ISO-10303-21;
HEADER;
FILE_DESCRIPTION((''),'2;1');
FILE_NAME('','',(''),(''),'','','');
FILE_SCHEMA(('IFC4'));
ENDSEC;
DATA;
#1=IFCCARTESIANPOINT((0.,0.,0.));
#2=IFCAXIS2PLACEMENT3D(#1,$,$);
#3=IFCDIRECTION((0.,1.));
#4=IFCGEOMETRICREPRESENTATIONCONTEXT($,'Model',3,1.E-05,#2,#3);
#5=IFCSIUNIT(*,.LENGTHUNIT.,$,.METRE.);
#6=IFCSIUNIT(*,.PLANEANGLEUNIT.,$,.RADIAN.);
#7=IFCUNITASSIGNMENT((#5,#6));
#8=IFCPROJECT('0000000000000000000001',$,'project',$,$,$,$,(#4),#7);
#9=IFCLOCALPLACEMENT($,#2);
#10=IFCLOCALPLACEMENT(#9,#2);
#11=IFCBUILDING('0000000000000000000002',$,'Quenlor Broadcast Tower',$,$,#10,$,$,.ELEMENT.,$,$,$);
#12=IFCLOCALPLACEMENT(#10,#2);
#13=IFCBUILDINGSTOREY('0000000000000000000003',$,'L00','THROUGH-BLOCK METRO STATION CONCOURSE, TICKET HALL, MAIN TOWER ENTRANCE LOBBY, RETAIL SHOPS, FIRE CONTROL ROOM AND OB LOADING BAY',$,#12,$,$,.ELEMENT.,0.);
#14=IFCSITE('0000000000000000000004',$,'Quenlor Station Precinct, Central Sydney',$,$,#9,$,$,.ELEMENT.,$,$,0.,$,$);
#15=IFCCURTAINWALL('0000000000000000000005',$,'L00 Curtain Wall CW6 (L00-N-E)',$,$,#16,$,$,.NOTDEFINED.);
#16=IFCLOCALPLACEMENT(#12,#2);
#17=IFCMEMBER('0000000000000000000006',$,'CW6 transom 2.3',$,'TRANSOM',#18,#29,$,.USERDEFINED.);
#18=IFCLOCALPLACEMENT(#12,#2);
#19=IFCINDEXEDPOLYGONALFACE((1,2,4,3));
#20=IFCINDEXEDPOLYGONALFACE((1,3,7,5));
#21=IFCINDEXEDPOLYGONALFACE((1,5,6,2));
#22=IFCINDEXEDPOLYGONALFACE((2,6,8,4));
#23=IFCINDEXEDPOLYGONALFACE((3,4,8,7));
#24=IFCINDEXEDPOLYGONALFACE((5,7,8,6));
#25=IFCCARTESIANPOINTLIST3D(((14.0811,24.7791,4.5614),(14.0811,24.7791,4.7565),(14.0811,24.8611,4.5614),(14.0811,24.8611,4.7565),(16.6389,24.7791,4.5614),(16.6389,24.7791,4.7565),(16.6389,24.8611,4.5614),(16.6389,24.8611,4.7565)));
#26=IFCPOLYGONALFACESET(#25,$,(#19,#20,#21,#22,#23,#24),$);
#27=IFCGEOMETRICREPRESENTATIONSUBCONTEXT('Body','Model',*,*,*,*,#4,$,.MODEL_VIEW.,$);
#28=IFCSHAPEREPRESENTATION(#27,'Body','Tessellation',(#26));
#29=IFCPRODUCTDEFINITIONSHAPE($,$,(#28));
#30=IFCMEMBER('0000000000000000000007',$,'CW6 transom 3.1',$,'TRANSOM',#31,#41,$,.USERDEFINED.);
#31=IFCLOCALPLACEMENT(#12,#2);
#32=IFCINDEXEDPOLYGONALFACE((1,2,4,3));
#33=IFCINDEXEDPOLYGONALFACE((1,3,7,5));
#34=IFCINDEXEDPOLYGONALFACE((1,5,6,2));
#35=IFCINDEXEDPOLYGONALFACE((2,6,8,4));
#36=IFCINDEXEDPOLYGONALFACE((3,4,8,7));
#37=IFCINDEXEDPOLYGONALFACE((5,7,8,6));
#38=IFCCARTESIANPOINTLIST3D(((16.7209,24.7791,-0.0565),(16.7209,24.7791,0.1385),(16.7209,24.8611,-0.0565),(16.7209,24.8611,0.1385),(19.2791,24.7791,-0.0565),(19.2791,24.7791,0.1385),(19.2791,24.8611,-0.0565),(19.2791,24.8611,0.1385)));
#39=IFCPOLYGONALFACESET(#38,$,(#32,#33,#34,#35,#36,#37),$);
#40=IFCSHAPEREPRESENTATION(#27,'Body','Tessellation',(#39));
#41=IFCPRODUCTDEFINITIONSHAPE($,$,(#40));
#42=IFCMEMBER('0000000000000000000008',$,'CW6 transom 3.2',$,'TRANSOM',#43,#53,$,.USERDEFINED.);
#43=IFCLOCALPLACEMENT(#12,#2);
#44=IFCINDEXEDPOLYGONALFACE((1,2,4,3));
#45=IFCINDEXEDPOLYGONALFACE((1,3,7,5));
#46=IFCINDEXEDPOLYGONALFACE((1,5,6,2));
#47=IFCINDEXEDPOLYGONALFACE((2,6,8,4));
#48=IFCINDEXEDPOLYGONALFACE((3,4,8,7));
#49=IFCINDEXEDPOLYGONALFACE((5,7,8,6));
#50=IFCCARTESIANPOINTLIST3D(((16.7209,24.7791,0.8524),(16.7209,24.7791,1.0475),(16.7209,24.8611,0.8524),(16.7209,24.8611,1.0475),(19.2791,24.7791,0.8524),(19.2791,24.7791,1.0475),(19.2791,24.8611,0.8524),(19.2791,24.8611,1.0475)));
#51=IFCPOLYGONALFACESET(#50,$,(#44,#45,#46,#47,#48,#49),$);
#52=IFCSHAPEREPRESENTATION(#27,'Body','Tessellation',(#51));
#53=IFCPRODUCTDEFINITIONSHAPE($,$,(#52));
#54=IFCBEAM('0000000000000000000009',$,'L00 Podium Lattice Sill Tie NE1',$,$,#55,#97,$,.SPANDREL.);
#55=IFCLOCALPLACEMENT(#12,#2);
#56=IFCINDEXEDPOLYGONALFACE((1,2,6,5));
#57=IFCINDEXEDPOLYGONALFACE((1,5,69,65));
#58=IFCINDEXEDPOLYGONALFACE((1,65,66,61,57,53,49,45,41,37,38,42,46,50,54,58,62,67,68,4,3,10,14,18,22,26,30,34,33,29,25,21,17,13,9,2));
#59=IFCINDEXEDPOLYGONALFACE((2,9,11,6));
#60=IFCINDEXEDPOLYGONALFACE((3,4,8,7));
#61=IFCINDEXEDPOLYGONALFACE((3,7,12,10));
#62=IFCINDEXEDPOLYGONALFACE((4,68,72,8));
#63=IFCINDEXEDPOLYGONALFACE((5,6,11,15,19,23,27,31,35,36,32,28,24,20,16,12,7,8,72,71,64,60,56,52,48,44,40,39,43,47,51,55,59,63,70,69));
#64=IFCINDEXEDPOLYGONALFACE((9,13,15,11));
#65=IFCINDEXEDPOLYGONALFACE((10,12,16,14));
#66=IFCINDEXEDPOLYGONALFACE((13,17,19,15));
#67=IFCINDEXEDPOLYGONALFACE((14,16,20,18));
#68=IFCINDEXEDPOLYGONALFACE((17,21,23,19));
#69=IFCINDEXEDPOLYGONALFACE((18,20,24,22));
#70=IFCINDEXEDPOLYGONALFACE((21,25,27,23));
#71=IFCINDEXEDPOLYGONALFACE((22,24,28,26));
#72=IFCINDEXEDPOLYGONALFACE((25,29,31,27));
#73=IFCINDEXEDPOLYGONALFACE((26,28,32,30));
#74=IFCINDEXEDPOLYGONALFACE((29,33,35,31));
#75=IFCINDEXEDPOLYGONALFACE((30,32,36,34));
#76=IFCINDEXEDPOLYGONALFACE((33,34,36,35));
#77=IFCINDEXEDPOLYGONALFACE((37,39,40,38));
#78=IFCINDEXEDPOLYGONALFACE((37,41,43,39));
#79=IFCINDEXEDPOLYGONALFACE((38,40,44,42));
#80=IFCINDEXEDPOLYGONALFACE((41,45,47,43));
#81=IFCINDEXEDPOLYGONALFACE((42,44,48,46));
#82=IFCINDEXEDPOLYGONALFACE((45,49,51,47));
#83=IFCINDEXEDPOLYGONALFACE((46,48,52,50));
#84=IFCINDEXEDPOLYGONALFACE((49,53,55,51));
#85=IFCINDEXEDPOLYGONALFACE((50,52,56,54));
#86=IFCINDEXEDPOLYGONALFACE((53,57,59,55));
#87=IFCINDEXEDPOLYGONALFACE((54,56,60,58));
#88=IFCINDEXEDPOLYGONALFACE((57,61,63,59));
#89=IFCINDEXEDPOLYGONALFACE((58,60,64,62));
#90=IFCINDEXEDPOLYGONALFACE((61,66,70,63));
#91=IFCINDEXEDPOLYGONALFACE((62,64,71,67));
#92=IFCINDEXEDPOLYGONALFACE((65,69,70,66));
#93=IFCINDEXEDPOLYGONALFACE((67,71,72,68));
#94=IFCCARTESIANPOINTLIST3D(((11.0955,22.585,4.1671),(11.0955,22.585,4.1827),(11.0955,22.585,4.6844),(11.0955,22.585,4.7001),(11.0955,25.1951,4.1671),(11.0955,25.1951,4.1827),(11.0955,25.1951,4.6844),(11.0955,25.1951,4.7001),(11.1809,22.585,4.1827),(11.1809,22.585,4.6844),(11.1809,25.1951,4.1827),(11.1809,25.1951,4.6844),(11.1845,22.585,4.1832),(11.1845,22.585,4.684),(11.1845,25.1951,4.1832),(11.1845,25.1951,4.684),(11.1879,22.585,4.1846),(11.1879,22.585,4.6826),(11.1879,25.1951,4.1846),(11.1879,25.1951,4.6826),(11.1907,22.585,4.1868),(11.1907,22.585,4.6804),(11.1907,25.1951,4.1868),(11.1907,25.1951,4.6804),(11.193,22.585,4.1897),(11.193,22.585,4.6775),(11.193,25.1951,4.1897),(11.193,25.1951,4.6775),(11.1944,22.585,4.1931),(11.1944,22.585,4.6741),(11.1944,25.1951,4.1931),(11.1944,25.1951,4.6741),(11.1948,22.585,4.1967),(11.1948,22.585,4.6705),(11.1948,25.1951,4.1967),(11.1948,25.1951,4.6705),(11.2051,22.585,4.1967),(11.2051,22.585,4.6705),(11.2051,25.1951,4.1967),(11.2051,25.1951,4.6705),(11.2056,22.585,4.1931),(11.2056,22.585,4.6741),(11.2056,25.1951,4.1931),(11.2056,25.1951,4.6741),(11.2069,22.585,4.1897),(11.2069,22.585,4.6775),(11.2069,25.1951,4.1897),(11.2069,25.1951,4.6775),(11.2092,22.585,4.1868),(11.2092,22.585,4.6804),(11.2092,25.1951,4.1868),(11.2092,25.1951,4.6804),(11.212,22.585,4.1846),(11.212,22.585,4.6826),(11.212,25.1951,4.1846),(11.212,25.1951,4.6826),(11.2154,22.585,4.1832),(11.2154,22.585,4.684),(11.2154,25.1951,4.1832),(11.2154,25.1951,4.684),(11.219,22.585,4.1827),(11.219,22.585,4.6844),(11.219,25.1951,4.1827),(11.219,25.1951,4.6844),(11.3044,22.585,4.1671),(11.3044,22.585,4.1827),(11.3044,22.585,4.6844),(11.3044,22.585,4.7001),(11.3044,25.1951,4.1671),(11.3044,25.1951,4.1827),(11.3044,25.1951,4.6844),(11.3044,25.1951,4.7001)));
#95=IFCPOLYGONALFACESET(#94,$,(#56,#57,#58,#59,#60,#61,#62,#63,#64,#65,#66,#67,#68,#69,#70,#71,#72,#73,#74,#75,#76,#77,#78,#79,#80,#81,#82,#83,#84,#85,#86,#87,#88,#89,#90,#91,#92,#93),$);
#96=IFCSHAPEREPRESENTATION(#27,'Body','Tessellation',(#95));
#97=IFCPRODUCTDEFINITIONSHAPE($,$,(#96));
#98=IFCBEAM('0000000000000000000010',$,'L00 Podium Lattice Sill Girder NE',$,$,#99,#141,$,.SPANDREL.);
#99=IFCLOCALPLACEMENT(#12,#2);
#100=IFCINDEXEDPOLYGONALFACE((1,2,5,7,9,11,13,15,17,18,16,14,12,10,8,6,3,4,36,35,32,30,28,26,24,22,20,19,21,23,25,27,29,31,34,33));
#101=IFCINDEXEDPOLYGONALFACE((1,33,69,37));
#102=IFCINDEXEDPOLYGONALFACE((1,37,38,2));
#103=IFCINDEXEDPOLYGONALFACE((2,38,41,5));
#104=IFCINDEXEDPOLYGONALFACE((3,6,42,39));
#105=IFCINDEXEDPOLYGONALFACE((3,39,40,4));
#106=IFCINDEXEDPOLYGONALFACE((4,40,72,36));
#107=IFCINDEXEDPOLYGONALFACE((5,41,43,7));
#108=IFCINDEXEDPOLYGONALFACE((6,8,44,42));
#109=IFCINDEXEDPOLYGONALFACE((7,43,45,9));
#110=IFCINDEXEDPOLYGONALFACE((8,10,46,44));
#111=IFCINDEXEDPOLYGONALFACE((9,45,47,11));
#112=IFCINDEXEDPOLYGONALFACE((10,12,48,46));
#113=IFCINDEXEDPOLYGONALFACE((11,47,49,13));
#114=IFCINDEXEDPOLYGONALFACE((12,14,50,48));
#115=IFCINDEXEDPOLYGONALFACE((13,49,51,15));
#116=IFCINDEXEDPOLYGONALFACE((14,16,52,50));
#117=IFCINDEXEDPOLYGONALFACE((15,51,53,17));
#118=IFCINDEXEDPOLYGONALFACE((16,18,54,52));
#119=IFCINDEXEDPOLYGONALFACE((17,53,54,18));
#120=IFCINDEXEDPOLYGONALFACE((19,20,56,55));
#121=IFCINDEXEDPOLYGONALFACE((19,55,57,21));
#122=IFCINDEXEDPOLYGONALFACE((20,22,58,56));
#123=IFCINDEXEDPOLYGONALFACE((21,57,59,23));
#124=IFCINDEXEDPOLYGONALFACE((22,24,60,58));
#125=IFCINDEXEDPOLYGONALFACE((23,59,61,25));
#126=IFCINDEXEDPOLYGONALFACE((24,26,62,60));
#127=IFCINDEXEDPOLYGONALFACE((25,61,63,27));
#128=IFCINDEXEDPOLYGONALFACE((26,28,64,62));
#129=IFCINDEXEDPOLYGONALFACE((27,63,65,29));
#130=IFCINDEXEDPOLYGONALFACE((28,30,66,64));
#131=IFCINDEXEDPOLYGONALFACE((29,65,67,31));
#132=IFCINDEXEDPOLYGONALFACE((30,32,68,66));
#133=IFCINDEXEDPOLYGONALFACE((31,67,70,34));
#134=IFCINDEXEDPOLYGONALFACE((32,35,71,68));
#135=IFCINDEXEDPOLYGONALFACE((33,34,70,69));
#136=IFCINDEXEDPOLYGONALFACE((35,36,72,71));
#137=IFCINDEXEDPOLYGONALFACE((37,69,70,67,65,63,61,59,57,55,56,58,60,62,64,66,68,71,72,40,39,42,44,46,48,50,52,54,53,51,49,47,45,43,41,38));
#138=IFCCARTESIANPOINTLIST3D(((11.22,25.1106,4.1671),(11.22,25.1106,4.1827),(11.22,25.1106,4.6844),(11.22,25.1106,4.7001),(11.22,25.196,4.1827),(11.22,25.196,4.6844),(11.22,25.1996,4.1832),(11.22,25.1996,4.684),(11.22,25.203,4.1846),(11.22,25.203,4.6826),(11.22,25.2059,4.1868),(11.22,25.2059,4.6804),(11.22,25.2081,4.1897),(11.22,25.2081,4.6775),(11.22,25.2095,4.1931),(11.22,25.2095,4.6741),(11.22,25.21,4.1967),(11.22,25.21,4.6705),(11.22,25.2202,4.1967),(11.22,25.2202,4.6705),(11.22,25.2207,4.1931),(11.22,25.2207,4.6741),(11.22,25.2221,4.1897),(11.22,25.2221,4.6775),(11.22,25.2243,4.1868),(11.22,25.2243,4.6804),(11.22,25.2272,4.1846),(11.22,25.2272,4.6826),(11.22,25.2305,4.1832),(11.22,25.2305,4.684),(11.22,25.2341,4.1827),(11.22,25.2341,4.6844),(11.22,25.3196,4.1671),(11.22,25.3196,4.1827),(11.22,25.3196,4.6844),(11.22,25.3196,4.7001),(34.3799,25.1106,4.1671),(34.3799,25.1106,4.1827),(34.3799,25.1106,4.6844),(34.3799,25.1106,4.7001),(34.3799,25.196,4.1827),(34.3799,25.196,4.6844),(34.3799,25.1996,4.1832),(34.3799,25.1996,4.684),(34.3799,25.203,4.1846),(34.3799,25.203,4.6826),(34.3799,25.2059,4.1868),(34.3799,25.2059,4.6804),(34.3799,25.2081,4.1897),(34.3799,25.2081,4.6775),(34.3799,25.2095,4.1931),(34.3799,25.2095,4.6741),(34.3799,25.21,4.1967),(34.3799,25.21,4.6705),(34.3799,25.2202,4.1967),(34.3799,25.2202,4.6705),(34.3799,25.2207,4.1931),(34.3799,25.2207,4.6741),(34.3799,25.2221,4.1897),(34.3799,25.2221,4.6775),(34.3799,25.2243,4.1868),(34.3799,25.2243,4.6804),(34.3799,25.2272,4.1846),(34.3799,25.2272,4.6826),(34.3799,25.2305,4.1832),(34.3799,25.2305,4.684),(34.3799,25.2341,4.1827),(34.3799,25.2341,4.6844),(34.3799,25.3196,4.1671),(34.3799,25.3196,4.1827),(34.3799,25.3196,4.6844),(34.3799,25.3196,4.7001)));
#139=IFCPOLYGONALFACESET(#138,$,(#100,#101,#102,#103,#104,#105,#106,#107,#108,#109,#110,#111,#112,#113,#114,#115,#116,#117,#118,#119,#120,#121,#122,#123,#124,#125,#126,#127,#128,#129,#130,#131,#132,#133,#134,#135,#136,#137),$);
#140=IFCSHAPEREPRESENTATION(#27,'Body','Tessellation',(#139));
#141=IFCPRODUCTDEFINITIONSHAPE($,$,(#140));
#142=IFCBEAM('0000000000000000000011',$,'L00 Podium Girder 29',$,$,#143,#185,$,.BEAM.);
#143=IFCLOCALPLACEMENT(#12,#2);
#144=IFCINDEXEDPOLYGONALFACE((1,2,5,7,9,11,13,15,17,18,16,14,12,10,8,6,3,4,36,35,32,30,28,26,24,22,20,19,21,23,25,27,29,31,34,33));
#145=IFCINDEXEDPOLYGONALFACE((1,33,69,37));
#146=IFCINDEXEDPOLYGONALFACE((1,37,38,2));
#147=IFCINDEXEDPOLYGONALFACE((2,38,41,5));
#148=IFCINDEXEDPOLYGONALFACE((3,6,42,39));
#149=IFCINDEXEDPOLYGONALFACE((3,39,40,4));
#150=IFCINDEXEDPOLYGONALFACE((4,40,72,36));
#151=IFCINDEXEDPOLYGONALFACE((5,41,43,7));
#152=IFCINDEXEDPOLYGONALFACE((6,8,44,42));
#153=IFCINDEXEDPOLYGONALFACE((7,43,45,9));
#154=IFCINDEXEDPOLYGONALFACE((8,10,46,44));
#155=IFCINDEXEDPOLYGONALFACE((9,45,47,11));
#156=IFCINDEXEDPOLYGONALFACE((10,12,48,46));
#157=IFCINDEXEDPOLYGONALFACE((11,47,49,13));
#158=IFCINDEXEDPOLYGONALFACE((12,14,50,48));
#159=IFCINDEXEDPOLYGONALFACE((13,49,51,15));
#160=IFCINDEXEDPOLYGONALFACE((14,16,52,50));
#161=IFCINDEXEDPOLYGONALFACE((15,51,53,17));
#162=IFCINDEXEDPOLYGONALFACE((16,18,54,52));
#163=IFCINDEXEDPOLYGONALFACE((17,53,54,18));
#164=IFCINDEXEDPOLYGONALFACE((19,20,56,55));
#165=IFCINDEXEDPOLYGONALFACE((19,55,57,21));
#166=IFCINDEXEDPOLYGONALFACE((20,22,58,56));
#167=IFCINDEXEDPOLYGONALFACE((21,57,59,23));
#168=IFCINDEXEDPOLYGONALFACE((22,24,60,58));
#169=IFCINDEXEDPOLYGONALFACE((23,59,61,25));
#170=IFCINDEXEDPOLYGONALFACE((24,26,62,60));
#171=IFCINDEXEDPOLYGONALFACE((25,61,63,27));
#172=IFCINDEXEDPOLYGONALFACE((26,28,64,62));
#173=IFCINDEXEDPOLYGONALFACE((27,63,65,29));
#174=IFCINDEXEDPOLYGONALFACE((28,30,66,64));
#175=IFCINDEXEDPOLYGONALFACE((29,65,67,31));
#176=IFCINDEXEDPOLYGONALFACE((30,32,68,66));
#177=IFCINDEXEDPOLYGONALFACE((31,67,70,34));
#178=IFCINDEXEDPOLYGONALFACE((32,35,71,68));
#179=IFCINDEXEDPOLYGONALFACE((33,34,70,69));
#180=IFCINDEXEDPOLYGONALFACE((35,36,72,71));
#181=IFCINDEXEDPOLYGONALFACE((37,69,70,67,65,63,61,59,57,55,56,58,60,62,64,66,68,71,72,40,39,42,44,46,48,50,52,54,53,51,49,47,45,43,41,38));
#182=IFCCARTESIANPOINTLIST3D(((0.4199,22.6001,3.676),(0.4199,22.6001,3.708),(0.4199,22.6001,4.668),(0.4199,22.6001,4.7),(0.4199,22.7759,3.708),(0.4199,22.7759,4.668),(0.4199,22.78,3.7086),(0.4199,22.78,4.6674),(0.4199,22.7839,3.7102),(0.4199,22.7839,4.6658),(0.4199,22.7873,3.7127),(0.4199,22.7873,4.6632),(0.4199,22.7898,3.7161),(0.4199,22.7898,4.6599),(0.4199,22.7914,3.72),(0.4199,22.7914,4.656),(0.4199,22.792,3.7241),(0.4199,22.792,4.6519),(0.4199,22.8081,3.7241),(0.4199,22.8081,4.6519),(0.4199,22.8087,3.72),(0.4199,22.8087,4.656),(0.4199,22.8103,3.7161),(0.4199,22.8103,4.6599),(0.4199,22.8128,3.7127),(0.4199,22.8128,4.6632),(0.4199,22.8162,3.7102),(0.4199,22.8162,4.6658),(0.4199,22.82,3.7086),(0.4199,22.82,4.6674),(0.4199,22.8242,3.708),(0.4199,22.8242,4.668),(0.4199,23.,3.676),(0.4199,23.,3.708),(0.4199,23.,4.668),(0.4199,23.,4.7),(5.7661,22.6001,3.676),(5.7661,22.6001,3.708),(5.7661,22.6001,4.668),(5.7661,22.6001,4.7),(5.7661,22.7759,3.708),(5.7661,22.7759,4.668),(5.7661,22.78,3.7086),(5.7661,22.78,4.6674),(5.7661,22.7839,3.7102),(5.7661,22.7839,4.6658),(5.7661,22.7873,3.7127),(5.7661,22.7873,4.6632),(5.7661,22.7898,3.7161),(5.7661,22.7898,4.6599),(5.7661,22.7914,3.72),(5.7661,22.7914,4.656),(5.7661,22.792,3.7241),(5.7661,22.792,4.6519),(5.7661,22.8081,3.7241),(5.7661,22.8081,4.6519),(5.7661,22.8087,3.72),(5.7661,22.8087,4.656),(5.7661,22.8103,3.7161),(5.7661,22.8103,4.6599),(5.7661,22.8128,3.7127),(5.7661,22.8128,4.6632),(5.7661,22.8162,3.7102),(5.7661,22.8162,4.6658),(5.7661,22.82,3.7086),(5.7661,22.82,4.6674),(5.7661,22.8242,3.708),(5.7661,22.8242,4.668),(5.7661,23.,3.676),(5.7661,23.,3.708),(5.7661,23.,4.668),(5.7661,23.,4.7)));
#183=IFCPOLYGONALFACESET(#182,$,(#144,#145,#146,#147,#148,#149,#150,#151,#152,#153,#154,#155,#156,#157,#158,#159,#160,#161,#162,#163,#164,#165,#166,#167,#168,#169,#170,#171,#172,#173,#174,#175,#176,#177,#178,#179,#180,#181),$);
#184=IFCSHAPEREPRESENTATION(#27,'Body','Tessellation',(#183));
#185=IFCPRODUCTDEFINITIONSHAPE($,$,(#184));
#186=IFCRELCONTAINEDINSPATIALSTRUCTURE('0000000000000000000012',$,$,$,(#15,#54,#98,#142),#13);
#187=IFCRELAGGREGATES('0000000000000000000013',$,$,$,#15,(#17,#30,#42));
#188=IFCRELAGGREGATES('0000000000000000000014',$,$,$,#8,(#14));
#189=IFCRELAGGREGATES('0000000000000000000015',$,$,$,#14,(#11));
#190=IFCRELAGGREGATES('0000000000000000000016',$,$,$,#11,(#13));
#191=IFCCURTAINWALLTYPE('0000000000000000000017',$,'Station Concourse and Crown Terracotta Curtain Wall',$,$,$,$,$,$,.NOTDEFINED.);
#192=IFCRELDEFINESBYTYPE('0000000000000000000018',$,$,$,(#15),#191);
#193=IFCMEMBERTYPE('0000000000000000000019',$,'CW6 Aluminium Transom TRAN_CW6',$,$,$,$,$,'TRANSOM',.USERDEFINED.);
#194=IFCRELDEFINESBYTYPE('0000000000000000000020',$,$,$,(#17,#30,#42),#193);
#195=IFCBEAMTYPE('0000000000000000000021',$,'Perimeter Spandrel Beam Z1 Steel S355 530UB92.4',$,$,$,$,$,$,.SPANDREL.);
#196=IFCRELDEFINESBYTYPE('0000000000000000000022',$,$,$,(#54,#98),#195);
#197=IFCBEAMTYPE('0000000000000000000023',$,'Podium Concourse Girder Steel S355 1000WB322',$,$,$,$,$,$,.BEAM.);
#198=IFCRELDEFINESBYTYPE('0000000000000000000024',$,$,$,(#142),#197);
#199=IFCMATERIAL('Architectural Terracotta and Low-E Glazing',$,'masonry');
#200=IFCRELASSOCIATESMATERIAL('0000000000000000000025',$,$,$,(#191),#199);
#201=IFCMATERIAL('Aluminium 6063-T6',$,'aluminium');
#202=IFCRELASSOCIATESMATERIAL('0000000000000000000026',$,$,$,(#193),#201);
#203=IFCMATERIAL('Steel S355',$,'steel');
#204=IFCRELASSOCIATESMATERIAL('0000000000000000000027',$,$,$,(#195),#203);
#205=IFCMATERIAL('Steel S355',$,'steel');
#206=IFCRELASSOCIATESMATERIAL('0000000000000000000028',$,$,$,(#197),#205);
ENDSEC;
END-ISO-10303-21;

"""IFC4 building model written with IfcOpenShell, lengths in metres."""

from ifc_helpers import new_model, si_unit, direction, frame, origin, origin_2d, place, context, subcontext, project, spatial, rectangle, i_section, extrude, material, material_profile, profile_set, type_object, element, aggregate, save


model = new_model("IFC4")

# Units and contexts
model_context = context("Model", 3, precision=1e-05, world=origin(), true_north=direction((0.0, 1.0)))
body_context = subcontext(model_context, "Body", "Model", "MODEL_VIEW")
ifc_project = project(units=[si_unit("LENGTHUNIT", "METRE"), si_unit("PLANEANGLEUNIT", "RADIAN")], contexts=[model_context])

# Site, building, storey
site_placement = place(None, origin())
site = spatial("IfcSite", under=ifc_project, at=site_placement, Name="Quenlor Station Precinct, Central Sydney", CompositionType="ELEMENT", RefElevation=0.0)
building_placement = place(site_placement, origin())
building = spatial("IfcBuilding", under=site, at=building_placement, Name="Quenlor Broadcast Tower", CompositionType="ELEMENT")
storey_placement = place(building_placement, origin())
storey = spatial("IfcBuildingStorey", under=building, at=storey_placement, Name="L00", Description="THROUGH-BLOCK METRO STATION CONCOURSE, TICKET HALL, MAIN TOWER ENTRANCE LOBBY, RETAIL SHOPS, FIRE CONTROL ROOM AND OB LOADING BAY", CompositionType="ELEMENT", Elevation=0.0)

# Curtain wall, members
ifc_material_1 = material(Name="Architectural Terracotta and Low-E Glazing", Category="masonry")
curtain_wall_type = type_object("IfcCurtainWallType", Name="Station Concourse and Crown Terracotta Curtain Wall", PredefinedType="NOTDEFINED", material=ifc_material_1)
curtain_wall_placement = place(storey_placement, origin())
curtain_wall = element("IfcCurtainWall", 1, at=curtain_wall_placement, inside=storey, type_object=curtain_wall_type, Name="L00 Curtain Wall CW6 (L00-N-E)", PredefinedType="NOTDEFINED")
ifc_material_2 = material(Name="Aluminium 6063-T6", Category="aluminium")
ifc_material_profile_1 = material_profile(ifc_material_2, rectangle(XDim=0.082, YDim=0.1951, at=origin_2d()))
ifc_profile_set_1 = profile_set([ifc_material_profile_1], Name="Aluminium 6063-T6 TRAN82x195")
member_type_1 = type_object("IfcMemberType", Name="CW6 Aluminium Transom TRAN_CW6", ElementType="TRANSOM", PredefinedType="USERDEFINED", material=ifc_profile_set_1)
member_1_placement = place(storey_placement, frame((14.0811, 24.8201, 4.6589), z_axis=(1.0, 0.0, 0.0), x_axis=(0.0, 1.0, 0.0)))
member_1 = element("IfcMember", 2, at=member_1_placement, type_object=member_type_1, Name="CW6 transom 2.3", ObjectType="TRANSOM", PredefinedType="USERDEFINED", context=body_context, shape_type="SweptSolid", body=[
    extrude(rectangle(XDim=0.082, YDim=0.1951, at=origin_2d()), origin(), (0.0, 0.0, 1.0), 2.5579),
])
member_2_placement = place(storey_placement, frame((16.7209, 24.8201, 0.041), z_axis=(1.0, 0.0, 0.0), x_axis=(0.0, 1.0, 0.0)))
member_2 = element("IfcMember", 3, at=member_2_placement, type_object=member_type_1, Name="CW6 transom 3.1", ObjectType="TRANSOM", PredefinedType="USERDEFINED", context=body_context, shape_type="SweptSolid", body=[
    extrude(rectangle(XDim=0.082, YDim=0.1951, at=origin_2d()), origin(), (0.0, 0.0, 1.0), 2.5581),
])
member_3_placement = place(storey_placement, frame((16.7209, 24.8201, 0.95), z_axis=(1.0, 0.0, 0.0), x_axis=(0.0, 1.0, 0.0)))
member_3 = element("IfcMember", 4, at=member_3_placement, type_object=member_type_1, Name="CW6 transom 3.2", ObjectType="TRANSOM", PredefinedType="USERDEFINED", context=body_context, shape_type="SweptSolid", body=[
    extrude(rectangle(XDim=0.082, YDim=0.1951, at=origin_2d()), origin(), (0.0, 0.0, 1.0), 2.5581),
])

# Beams
ifc_material_3 = material(Name="Steel S355", Category="steel")
ifc_material_profile_2 = material_profile(ifc_material_3, i_section(OverallWidth=0.209, OverallDepth=0.533, WebThickness=0.0103, FlangeThickness=0.0156, FilletRadius=0.0139, at=origin_2d()))
ifc_profile_set_2 = profile_set([ifc_material_profile_2], Name="Steel S355 530UB92.4")
beam_type_1 = type_object("IfcBeamType", Name="Perimeter Spandrel Beam Z1 Steel S355 530UB92.4", PredefinedType="SPANDREL", material=ifc_profile_set_2)
beam_1_placement = place(storey_placement, frame((11.2, 22.585, 4.4336), z_axis=(0.0, 1.0, 0.0), x_axis=(-1.0, 0.0, 0.0)))
element("IfcBeam", 5, at=beam_1_placement, inside=storey, type_object=beam_type_1, Name="L00 Podium Lattice Sill Tie NE1", PredefinedType="SPANDREL", context=body_context, shape_type="SweptSolid", body=[
    extrude(i_section(OverallWidth=0.209, OverallDepth=0.533, WebThickness=0.0103, FlangeThickness=0.0156, FilletRadius=0.0139, at=origin_2d()), origin(), (0.0, 0.0, 1.0), 2.6101),
])
beam_2_placement = place(storey_placement, frame((11.22, 25.2151, 4.4336), z_axis=(1.0, 0.0, 0.0), x_axis=(0.0, 1.0, 0.0)))
element("IfcBeam", 6, at=beam_2_placement, inside=storey, type_object=beam_type_1, Name="L00 Podium Lattice Sill Girder NE", PredefinedType="SPANDREL", context=body_context, shape_type="SweptSolid", body=[
    extrude(i_section(OverallWidth=0.209, OverallDepth=0.533, WebThickness=0.0103, FlangeThickness=0.0156, FilletRadius=0.0139, at=origin_2d()), origin(), (0.0, 0.0, 1.0), 23.1599),
])
ifc_material_4 = material(Name="Steel S355", Category="steel")
ifc_material_profile_3 = material_profile(ifc_material_4, i_section(OverallWidth=0.3999, OverallDepth=1.0239, WebThickness=0.0161, FlangeThickness=0.032, FilletRadius=0.0161, at=origin_2d()))
ifc_profile_set_3 = profile_set([ifc_material_profile_3], Name="Steel S355 1000WB322")
beam_type_2 = type_object("IfcBeamType", Name="Podium Concourse Girder Steel S355 1000WB322", PredefinedType="BEAM", material=ifc_profile_set_3)
for number, where, z_axis, x_axis, name in (
    (7, (0.4199, 22.8, 4.188), (1.0, 0.0, 0.0), (0.0, 1.0, 0.0), "L00 Podium Girder 29"),
):
    element("IfcBeam", number, at=place(storey_placement, frame(where, z_axis=z_axis, x_axis=x_axis)), inside=storey, type_object=beam_type_2, Name=name, PredefinedType="BEAM", context=body_context, shape_type="SweptSolid", body=[
        extrude(i_section(OverallWidth=0.3999, OverallDepth=1.0239, WebThickness=0.0161, FlangeThickness=0.032, FilletRadius=0.0161, at=origin_2d()), origin(), (0.0, 0.0, 1.0), 5.3462),
    ])

aggregate(curtain_wall, [member_1, member_2, member_3])

save(model, "model.ifc")
